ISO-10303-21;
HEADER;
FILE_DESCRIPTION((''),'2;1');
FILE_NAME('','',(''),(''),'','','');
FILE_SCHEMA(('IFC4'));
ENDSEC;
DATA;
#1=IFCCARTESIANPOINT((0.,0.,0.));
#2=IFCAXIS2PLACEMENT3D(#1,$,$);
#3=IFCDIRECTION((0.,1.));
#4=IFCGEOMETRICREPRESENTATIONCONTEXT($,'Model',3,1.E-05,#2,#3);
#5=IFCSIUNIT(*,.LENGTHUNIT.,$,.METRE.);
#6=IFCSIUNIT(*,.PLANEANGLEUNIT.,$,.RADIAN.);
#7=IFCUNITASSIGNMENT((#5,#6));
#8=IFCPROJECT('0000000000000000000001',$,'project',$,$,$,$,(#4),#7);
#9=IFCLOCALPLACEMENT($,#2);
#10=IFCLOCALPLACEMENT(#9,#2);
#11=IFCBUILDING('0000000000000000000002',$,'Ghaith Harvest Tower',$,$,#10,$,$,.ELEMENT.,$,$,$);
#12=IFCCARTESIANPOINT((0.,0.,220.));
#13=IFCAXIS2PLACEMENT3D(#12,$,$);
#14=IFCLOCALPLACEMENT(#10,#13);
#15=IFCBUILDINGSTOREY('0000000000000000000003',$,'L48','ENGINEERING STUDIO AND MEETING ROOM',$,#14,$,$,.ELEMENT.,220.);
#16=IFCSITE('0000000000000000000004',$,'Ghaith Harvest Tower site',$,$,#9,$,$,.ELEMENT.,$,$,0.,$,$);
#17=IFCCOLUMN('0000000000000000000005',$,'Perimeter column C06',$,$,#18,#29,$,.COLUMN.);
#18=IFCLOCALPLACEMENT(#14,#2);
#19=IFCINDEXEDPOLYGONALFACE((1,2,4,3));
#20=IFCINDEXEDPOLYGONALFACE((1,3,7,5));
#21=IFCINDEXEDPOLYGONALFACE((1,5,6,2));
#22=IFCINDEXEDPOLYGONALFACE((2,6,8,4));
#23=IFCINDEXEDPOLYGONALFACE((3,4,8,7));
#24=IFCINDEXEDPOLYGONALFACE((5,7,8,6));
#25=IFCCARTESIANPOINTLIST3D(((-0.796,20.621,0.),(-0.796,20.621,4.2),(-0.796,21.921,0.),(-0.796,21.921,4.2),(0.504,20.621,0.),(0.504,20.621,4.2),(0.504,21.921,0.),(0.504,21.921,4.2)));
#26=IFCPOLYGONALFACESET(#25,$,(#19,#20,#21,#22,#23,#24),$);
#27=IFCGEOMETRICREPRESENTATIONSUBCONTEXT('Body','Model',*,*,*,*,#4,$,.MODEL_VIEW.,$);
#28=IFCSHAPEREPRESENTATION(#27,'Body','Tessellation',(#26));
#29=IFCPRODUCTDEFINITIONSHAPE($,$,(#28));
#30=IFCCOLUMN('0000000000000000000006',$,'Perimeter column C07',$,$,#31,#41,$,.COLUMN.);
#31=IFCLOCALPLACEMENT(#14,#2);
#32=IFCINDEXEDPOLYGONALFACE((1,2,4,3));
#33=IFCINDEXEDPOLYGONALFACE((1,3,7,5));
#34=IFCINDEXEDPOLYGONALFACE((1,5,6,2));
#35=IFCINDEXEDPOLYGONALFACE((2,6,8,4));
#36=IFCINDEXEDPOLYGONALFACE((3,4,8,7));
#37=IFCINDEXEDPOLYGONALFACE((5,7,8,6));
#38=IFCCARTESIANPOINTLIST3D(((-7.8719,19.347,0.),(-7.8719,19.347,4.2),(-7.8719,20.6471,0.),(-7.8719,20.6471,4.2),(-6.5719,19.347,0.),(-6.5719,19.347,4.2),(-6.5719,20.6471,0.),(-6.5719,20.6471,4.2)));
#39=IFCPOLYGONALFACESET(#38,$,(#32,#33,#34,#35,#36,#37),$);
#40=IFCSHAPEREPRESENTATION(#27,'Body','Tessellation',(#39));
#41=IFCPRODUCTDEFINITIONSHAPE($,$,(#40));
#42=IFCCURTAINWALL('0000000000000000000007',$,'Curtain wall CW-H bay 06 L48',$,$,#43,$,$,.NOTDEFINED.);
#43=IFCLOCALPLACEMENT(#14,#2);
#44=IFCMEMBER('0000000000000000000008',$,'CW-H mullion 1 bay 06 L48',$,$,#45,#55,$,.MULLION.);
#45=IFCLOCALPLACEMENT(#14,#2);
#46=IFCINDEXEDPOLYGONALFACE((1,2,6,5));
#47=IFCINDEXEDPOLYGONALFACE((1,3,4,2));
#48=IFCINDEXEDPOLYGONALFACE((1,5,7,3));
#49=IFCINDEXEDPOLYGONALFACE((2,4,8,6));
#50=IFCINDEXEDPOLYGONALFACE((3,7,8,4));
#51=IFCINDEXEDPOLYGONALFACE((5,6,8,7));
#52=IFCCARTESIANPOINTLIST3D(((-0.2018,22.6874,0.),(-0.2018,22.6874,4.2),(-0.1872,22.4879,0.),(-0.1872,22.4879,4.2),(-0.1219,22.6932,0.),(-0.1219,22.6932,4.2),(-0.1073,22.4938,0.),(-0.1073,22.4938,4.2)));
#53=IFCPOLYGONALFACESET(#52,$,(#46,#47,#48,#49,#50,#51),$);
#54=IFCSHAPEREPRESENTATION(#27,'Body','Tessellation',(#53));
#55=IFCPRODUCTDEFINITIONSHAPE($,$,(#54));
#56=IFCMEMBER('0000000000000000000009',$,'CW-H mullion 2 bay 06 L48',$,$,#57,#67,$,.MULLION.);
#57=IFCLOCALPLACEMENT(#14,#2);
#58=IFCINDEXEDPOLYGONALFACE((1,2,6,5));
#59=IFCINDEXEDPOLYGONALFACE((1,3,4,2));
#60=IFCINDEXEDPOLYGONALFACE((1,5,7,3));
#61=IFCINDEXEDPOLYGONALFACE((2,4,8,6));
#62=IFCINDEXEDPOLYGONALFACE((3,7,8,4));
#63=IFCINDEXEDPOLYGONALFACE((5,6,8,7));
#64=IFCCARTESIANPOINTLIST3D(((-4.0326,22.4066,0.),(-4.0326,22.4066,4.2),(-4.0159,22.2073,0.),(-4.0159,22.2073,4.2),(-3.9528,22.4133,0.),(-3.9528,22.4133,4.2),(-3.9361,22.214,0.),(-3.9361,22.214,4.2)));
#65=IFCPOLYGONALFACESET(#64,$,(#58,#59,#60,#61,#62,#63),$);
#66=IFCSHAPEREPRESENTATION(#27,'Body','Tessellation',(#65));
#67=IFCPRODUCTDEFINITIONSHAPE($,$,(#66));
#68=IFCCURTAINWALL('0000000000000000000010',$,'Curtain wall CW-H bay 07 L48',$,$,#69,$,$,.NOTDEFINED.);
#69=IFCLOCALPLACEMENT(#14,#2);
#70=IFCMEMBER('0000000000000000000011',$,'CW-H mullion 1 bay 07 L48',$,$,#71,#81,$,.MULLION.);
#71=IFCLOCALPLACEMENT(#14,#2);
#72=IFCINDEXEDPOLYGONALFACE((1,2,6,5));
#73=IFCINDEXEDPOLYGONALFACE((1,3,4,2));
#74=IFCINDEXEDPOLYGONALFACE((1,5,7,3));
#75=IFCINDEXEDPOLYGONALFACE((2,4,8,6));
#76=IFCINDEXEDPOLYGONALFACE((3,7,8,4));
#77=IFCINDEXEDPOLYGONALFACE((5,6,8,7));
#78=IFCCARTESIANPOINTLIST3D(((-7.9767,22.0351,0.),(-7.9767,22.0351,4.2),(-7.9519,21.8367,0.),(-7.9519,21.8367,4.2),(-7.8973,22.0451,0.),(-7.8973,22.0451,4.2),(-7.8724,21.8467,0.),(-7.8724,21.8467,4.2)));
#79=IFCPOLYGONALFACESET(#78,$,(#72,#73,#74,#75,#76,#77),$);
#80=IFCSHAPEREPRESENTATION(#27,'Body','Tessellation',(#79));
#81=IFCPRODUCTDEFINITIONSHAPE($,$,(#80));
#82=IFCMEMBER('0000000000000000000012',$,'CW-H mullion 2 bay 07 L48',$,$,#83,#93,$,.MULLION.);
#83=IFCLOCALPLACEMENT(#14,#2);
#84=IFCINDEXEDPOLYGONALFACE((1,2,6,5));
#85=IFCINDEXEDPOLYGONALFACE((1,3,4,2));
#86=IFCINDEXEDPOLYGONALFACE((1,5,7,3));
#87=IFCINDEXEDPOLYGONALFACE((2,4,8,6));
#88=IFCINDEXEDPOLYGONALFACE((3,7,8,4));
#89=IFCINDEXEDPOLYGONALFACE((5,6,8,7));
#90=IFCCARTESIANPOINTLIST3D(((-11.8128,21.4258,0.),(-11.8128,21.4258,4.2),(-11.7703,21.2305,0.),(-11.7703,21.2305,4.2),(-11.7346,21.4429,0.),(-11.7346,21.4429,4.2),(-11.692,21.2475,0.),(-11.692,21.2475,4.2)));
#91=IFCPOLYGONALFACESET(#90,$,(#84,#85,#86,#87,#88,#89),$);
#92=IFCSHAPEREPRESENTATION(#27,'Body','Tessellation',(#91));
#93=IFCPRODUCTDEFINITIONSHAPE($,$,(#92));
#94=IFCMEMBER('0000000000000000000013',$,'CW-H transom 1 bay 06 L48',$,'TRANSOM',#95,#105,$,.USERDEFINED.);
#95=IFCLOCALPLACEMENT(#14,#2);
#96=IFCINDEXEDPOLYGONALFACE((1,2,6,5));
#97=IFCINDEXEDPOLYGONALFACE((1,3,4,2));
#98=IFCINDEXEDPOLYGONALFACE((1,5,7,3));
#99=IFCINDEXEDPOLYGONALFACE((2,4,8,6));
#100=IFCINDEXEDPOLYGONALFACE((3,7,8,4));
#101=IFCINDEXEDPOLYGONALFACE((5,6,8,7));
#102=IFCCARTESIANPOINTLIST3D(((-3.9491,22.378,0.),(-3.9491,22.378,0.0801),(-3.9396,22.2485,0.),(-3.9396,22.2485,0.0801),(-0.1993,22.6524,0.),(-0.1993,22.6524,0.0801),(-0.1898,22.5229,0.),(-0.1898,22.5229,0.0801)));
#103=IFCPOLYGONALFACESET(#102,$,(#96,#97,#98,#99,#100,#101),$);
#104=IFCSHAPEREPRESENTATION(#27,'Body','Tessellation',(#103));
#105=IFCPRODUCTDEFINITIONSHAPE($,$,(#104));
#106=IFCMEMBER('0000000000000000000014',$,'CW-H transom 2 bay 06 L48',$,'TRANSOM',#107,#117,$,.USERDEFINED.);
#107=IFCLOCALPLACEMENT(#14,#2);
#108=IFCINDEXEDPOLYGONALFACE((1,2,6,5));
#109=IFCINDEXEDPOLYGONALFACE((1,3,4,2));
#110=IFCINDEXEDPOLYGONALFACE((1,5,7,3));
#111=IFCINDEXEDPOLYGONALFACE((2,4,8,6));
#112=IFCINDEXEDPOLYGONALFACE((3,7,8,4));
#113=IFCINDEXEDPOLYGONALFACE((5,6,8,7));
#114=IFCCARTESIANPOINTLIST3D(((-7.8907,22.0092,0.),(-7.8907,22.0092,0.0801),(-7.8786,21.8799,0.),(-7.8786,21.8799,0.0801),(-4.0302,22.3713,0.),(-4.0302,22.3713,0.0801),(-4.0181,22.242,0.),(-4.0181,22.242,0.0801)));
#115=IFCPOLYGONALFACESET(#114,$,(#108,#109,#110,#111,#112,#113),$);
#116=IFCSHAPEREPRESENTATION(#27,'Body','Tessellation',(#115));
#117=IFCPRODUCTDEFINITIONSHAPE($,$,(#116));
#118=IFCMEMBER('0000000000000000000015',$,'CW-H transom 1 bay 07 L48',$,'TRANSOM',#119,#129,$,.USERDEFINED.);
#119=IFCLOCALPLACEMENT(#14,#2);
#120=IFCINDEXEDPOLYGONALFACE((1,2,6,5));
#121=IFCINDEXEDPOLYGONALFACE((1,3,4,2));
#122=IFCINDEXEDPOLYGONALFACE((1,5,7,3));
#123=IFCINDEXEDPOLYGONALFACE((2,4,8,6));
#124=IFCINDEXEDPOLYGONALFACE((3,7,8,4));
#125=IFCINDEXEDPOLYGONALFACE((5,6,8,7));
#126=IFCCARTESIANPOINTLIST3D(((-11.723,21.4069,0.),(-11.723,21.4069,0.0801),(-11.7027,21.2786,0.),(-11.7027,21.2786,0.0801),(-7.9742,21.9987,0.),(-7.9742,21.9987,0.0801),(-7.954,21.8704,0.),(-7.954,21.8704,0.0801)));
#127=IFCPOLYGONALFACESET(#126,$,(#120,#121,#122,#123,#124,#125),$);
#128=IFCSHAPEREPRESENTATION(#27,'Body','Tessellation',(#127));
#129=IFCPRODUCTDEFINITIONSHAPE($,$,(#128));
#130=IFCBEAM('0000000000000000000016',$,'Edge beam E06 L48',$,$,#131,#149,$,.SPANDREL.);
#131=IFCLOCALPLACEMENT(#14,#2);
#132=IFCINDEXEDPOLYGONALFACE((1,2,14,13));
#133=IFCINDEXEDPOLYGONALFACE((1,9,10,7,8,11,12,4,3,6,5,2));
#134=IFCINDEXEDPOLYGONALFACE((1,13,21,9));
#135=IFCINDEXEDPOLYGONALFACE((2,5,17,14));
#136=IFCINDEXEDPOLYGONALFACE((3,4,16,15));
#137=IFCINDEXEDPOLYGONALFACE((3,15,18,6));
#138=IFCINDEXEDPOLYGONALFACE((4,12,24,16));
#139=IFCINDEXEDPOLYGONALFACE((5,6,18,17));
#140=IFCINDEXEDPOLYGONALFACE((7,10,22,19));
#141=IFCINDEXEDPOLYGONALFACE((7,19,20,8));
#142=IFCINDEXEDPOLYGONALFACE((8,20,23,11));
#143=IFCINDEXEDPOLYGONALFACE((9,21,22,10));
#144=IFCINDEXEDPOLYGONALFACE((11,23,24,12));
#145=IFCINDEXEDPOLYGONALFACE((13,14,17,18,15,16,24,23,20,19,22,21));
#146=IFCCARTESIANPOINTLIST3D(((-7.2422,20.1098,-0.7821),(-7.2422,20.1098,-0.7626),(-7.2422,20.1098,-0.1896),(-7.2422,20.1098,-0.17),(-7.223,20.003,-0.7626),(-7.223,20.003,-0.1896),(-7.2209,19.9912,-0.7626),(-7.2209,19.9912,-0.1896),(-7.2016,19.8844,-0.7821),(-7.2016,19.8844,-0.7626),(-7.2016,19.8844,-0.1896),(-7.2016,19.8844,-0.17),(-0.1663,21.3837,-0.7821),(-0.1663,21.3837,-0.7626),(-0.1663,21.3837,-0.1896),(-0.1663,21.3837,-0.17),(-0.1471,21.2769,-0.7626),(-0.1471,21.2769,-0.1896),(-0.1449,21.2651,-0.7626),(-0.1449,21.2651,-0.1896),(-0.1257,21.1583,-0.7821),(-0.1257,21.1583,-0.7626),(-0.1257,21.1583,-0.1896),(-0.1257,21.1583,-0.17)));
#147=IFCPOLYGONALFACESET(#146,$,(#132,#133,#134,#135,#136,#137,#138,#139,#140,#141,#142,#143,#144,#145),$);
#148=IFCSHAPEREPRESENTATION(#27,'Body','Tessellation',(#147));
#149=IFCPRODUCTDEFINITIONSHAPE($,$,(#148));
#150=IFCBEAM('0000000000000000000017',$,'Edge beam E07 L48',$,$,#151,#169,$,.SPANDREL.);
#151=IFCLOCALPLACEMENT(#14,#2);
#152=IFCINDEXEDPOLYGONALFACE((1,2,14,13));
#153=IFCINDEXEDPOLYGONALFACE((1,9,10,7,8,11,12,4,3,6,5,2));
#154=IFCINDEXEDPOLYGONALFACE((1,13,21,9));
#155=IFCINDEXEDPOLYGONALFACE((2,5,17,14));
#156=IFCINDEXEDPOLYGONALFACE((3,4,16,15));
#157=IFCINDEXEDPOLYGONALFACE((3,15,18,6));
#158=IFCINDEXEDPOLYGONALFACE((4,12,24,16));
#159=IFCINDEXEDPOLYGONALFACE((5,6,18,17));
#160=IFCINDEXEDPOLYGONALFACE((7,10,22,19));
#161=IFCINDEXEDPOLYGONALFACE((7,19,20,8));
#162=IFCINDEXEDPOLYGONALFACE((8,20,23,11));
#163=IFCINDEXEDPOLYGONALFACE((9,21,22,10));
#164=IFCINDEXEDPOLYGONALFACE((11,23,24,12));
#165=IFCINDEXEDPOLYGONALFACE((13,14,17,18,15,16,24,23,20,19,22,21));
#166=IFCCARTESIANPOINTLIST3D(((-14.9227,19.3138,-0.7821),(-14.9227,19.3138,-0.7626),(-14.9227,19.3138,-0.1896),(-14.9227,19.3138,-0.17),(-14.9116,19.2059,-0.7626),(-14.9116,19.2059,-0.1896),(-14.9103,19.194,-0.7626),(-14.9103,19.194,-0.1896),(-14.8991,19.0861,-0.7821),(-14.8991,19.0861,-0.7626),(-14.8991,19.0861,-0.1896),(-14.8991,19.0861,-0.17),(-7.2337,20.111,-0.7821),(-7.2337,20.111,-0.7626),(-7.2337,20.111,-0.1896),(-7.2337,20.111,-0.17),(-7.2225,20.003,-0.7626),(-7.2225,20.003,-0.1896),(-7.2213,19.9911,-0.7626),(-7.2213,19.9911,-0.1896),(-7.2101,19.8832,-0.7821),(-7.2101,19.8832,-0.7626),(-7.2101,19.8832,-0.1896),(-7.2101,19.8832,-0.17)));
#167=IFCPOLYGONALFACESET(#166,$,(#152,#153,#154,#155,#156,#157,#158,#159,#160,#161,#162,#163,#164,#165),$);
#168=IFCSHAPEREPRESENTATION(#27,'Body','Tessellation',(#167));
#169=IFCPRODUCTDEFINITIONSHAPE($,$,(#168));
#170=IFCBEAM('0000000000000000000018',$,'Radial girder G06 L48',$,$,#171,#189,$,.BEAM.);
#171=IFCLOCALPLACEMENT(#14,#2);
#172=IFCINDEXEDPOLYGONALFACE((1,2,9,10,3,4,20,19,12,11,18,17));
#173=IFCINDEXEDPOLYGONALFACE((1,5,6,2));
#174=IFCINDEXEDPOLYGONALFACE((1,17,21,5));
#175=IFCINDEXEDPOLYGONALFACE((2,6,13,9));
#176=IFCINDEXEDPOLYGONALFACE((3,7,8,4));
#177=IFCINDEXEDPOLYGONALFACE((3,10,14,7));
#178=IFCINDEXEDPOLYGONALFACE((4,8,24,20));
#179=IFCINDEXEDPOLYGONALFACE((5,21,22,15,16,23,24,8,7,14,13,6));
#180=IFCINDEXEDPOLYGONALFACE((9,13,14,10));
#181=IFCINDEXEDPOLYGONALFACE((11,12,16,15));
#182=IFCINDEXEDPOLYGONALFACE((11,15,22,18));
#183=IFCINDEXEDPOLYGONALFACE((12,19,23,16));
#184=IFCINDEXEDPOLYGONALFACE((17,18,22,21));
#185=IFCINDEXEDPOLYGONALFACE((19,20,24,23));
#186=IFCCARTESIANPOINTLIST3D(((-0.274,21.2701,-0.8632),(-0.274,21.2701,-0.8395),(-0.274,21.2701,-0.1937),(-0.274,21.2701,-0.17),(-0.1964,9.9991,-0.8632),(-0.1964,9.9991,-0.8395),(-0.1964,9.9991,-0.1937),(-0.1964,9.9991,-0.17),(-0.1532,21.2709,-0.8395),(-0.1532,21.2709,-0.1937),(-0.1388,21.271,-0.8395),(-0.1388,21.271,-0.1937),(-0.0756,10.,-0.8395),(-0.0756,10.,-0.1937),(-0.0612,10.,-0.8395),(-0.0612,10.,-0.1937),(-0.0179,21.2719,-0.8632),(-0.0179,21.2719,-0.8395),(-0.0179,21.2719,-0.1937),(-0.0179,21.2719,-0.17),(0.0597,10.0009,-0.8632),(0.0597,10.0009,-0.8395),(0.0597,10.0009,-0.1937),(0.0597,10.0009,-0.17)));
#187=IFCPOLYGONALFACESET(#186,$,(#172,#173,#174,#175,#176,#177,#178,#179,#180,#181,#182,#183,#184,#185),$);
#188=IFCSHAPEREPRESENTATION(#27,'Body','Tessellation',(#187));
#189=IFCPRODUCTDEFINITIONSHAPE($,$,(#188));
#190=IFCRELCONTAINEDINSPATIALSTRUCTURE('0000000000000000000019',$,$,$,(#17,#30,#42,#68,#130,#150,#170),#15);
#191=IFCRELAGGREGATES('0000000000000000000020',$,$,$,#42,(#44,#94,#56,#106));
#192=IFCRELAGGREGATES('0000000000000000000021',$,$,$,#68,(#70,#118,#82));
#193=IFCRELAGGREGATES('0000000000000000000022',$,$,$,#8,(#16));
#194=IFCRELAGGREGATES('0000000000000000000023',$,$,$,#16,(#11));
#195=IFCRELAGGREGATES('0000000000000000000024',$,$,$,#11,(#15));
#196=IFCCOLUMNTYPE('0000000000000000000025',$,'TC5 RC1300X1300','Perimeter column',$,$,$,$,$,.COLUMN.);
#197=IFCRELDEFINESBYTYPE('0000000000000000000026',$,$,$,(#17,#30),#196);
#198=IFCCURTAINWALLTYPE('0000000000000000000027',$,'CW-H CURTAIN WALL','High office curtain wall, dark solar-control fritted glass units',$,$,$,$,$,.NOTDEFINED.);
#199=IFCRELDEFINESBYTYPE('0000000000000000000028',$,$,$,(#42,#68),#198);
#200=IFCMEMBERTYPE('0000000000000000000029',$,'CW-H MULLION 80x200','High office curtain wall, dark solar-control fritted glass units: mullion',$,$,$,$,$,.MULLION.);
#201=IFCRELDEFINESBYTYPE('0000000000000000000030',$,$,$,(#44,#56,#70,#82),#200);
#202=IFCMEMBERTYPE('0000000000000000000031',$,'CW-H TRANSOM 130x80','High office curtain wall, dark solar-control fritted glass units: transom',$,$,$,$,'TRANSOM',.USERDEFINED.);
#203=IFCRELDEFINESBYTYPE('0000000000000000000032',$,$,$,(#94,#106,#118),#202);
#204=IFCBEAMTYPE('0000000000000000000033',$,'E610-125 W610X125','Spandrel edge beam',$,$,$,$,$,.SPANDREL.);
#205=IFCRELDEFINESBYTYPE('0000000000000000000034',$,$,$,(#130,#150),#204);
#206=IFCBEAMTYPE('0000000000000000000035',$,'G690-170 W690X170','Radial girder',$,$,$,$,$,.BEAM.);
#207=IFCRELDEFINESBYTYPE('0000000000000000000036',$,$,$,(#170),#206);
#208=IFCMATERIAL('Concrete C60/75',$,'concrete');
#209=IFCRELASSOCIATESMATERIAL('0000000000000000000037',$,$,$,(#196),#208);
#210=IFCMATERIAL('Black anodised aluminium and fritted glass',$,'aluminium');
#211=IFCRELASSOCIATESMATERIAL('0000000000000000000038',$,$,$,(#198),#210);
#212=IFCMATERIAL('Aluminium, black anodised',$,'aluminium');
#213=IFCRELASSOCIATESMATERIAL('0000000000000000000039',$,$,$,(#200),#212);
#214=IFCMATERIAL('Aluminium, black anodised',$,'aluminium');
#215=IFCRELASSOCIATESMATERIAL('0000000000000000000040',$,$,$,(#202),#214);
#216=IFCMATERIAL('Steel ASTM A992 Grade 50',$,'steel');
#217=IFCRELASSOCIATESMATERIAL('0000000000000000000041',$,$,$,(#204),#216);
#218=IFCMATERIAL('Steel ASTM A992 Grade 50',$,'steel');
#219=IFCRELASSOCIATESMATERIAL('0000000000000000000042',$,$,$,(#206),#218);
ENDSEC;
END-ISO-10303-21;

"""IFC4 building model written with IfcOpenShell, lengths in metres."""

from ifc_helpers import new_model, si_unit, direction, frame, origin, origin_2d, place, context, subcontext, project, spatial, rectangle, i_section, extrude, material, material_profile, profile_set, type_object, element, aggregate, save


model = new_model("IFC4")

# Units and contexts
model_context = context("Model", 3, precision=1e-05, world=origin(), true_north=direction((0.0, 1.0)))
body_context = subcontext(model_context, "Body", "Model", "MODEL_VIEW")
ifc_project = project(units=[si_unit("LENGTHUNIT", "METRE"), si_unit("PLANEANGLEUNIT", "RADIAN")], contexts=[model_context])

# Site, building, storey
site_placement = place(None, origin())
site = spatial("IfcSite", under=ifc_project, at=site_placement, Name="Ghaith Harvest Tower site", CompositionType="ELEMENT", RefElevation=0.0)
building_placement = place(site_placement, origin())
building = spatial("IfcBuilding", under=site, at=building_placement, Name="Ghaith Harvest Tower", CompositionType="ELEMENT")
storey_placement = place(building_placement, frame((0.0, 0.0, 220.0)))
storey = spatial("IfcBuildingStorey", under=building, at=storey_placement, Name="L48", Description="ENGINEERING STUDIO AND MEETING ROOM", CompositionType="ELEMENT", Elevation=220.0)

# Columns
ifc_material_1 = material(Name="Concrete C60/75", Category="concrete")
ifc_material_profile_1 = material_profile(ifc_material_1, rectangle(XDim=1.3, YDim=1.3, at=origin_2d()), Name="RC1300X1300")
ifc_profile_set_1 = profile_set([ifc_material_profile_1], Name="Concrete C60/75")
column_type = type_object("IfcColumnType", Name="TC5 RC1300X1300", Description="Perimeter column", PredefinedType="COLUMN", material=ifc_profile_set_1)
for number, where, z_axis, x_axis, name in (
    (1, (-0.146, 21.271, 0.0), (0.0, 0.0, 1.0), (1.0, 0.0, 0.0), "Perimeter column C06"),
    (2, (-7.2219, 19.9971, 0.0), (0.0, 0.0, 1.0), (1.0, 0.0, 0.0), "Perimeter column C07"),
):
    element("IfcColumn", number, at=place(storey_placement, frame(where, z_axis=z_axis, x_axis=x_axis)), inside=storey, type_object=column_type, Name=name, PredefinedType="COLUMN", context=body_context, shape_type="SweptSolid", body=[
        extrude(rectangle(XDim=1.3, YDim=1.3, at=origin_2d()), origin(), (0.0, 0.0, 1.0), 4.2),
    ])

# Curtain walls, members
ifc_material_2 = material(Name="Black anodised aluminium and fritted glass", Category="aluminium")
curtain_wall_type = type_object("IfcCurtainWallType", Name="CW-H CURTAIN WALL", Description="High office curtain wall, dark solar-control fritted glass units", PredefinedType="NOTDEFINED", material=ifc_material_2)
curtain_wall_1_placement = place(storey_placement, origin())
curtain_wall_1 = element("IfcCurtainWall", 3, at=curtain_wall_1_placement, inside=storey, type_object=curtain_wall_type, Name="Curtain wall CW-H bay 06 L48", PredefinedType="NOTDEFINED")
ifc_material_3 = material(Name="Aluminium, black anodised", Category="aluminium")
ifc_material_profile_2 = material_profile(ifc_material_3, rectangle(XDim=0.0801, YDim=0.2, at=origin_2d()), Name="CW-H MULLION 80x200")
ifc_profile_set_2 = profile_set([ifc_material_profile_2], Name="Aluminium, black anodised")
member_type_1 = type_object("IfcMemberType", Name="CW-H MULLION 80x200", Description="High office curtain wall, dark solar-control fritted glass units: mullion", PredefinedType="MULLION", material=ifc_profile_set_2)
member_1_placement = place(storey_placement, frame((-0.1545, 22.5906, 0.0), z_axis=(0.0, 0.0, 1.0), x_axis=(-0.997329, -0.073037, 0.0)))
member_1 = element("IfcMember", 4, at=member_1_placement, type_object=member_type_1, Name="CW-H mullion 1 bay 06 L48", PredefinedType="MULLION", context=body_context, shape_type="SweptSolid", body=[
    extrude(rectangle(XDim=0.0801, YDim=0.2, at=origin_2d()), origin(), (0.0, 0.0, 1.0), 4.2),
])
member_2_placement = place(storey_placement, frame((-3.9844, 22.3103, 0.0), z_axis=(0.0, 0.0, 1.0), x_axis=(-0.996523, -0.083324, 0.0)))
member_2 = element("IfcMember", 5, at=member_2_placement, type_object=member_type_1, Name="CW-H mullion 2 bay 06 L48", PredefinedType="MULLION", context=body_context, shape_type="SweptSolid", body=[
    extrude(rectangle(XDim=0.0801, YDim=0.2, at=origin_2d()), origin(), (0.0, 0.0, 1.0), 4.2),
])
curtain_wall_2_placement = place(storey_placement, origin())
curtain_wall_2 = element("IfcCurtainWall", 6, at=curtain_wall_2_placement, inside=storey, type_object=curtain_wall_type, Name="Curtain wall CW-H bay 07 L48", PredefinedType="NOTDEFINED")
member_3_placement = place(storey_placement, frame((-7.9246, 21.9409, 0.0), z_axis=(0.0, 0.0, 1.0), x_axis=(-0.992235, -0.124373, 0.0)))
member_3 = element("IfcMember", 7, at=member_3_placement, type_object=member_type_1, Name="CW-H mullion 1 bay 07 L48", PredefinedType="MULLION", context=body_context, shape_type="SweptSolid", body=[
    extrude(rectangle(XDim=0.0801, YDim=0.2, at=origin_2d()), origin(), (0.0, 0.0, 1.0), 4.2),
])
member_4_placement = place(storey_placement, frame((-11.7524, 21.3367, 0.0), z_axis=(0.0, 0.0, 1.0), x_axis=(-0.977086, -0.212843, 0.0)))
member_4 = element("IfcMember", 8, at=member_4_placement, type_object=member_type_1, Name="CW-H mullion 2 bay 07 L48", PredefinedType="MULLION", context=body_context, shape_type="SweptSolid", body=[
    extrude(rectangle(XDim=0.0801, YDim=0.2, at=origin_2d()), origin(), (0.0, 0.0, 1.0), 4.2),
])

# Members
ifc_material_4 = material(Name="Aluminium, black anodised", Category="aluminium")
ifc_material_profile_3 = material_profile(ifc_material_4, rectangle(XDim=0.1299, YDim=0.0801, at=origin_2d()), Name="CW-H TRANSOM 130x80")
ifc_profile_set_3 = profile_set([ifc_material_profile_3], Name="Aluminium, black anodised")
member_type_2 = type_object("IfcMemberType", Name="CW-H TRANSOM 130x80", Description="High office curtain wall, dark solar-control fritted glass units: transom", ElementType="TRANSOM", PredefinedType="USERDEFINED", material=ifc_profile_set_3)
member_5_placement = place(storey_placement, frame((-0.1946, 22.5876, 0.04), z_axis=(-0.997333, -0.072987, 0.0), x_axis=(0.072987, -0.997333, 0.0)))
member_5 = element("IfcMember", 9, at=member_5_placement, type_object=member_type_2, Name="CW-H transom 1 bay 06 L48", ObjectType="TRANSOM", PredefinedType="USERDEFINED", context=body_context, shape_type="SweptSolid", body=[
    extrude(rectangle(XDim=0.1299, YDim=0.0801, at=origin_2d()), origin(), (0.0, 0.0, 1.0), 3.7598),
])
member_6_placement = place(storey_placement, frame((-4.0242, 22.3066, 0.04), z_axis=(-0.995631, -0.093374, 0.0), x_axis=(0.093374, -0.995631, 0.0)))
member_6 = element("IfcMember", 10, at=member_6_placement, type_object=member_type_2, Name="CW-H transom 2 bay 06 L48", ObjectType="TRANSOM", PredefinedType="USERDEFINED", context=body_context, shape_type="SweptSolid", body=[
    extrude(rectangle(XDim=0.1299, YDim=0.0801, at=origin_2d()), origin(), (0.0, 0.0, 1.0), 3.8774),
])
member_7_placement = place(storey_placement, frame((-7.9641, 21.9346, 0.04), z_axis=(-0.987768, -0.155933, 0.0), x_axis=(0.155933, -0.987768, 0.0)))
member_7 = element("IfcMember", 11, at=member_7_placement, type_object=member_type_2, Name="CW-H transom 1 bay 07 L48", ObjectType="TRANSOM", PredefinedType="USERDEFINED", context=body_context, shape_type="SweptSolid", body=[
    extrude(rectangle(XDim=0.1299, YDim=0.0801, at=origin_2d()), origin(), (0.0, 0.0, 1.0), 3.7952),
])

# Beams
ifc_material_5 = material(Name="Steel ASTM A992 Grade 50", Category="steel")
ifc_material_profile_4 = material_profile(ifc_material_5, i_section(OverallWidth=0.229, OverallDepth=0.6121, WebThickness=0.012, FlangeThickness=0.0195, at=origin_2d()), Name="W610X125")
ifc_profile_set_4 = profile_set([ifc_material_profile_4], Name="Steel ASTM A992 Grade 50")
beam_type_1 = type_object("IfcBeamType", Name="E610-125 W610X125", Description="Spandrel edge beam", PredefinedType="SPANDREL", material=ifc_profile_set_4)
beam_1_placement = place(storey_placement, frame((-0.146, 21.271, -0.4761), z_axis=(-0.984177, -0.177188, 0.0), x_axis=(0.177188, -0.984177, 0.0)))
element("IfcBeam", 12, at=beam_1_placement, inside=storey, type_object=beam_type_1, Name="Edge beam E06 L48", PredefinedType="SPANDREL", context=body_context, shape_type="SweptSolid", body=[
    extrude(i_section(OverallWidth=0.229, OverallDepth=0.6121, WebThickness=0.012, FlangeThickness=0.0195, at=origin_2d()), origin(), (0.0, 0.0, 1.0), 7.1897),
])
beam_2_placement = place(storey_placement, frame((-7.2219, 19.9971, -0.4761), z_axis=(-0.994669, -0.103118, 0.0), x_axis=(0.103118, -0.994669, 0.0)))
element("IfcBeam", 13, at=beam_2_placement, inside=storey, type_object=beam_type_1, Name="Edge beam E07 L48", PredefinedType="SPANDREL", context=body_context, shape_type="SweptSolid", body=[
    extrude(i_section(OverallWidth=0.229, OverallDepth=0.6121, WebThickness=0.012, FlangeThickness=0.0195, at=origin_2d()), origin(), (0.0, 0.0, 1.0), 7.7302),
])
ifc_material_6 = material(Name="Steel ASTM A992 Grade 50", Category="steel")
ifc_material_profile_5 = material_profile(ifc_material_6, i_section(OverallWidth=0.2561, OverallDepth=0.6931, WebThickness=0.0144, FlangeThickness=0.0237, at=origin_2d()), Name="W690X170")
ifc_profile_set_5 = profile_set([ifc_material_profile_5], Name="Steel ASTM A992 Grade 50")
beam_type_2 = type_object("IfcBeamType", Name="G690-170 W690X170", Description="Radial girder", PredefinedType="BEAM", material=ifc_profile_set_5)
beam_3_placement = place(storey_placement, frame((-0.0684, 10.0, -0.5166), z_axis=(-0.006888, 0.999976, 0.0), x_axis=(-0.999976, -0.006888, 0.0)))
element("IfcBeam", 14, at=beam_3_placement, inside=storey, type_object=beam_type_2, Name="Radial girder G06 L48", PredefinedType="BEAM", context=body_context, shape_type="SweptSolid", body=[
    extrude(i_section(OverallWidth=0.2561, OverallDepth=0.6931, WebThickness=0.0144, FlangeThickness=0.0237, at=origin_2d()), origin(), (0.0, 0.0, 1.0), 11.2712),
])

aggregate(curtain_wall_1, [member_1, member_5, member_2, member_6])
aggregate(curtain_wall_2, [member_3, member_7, member_4])

save(model, "model.ifc")
